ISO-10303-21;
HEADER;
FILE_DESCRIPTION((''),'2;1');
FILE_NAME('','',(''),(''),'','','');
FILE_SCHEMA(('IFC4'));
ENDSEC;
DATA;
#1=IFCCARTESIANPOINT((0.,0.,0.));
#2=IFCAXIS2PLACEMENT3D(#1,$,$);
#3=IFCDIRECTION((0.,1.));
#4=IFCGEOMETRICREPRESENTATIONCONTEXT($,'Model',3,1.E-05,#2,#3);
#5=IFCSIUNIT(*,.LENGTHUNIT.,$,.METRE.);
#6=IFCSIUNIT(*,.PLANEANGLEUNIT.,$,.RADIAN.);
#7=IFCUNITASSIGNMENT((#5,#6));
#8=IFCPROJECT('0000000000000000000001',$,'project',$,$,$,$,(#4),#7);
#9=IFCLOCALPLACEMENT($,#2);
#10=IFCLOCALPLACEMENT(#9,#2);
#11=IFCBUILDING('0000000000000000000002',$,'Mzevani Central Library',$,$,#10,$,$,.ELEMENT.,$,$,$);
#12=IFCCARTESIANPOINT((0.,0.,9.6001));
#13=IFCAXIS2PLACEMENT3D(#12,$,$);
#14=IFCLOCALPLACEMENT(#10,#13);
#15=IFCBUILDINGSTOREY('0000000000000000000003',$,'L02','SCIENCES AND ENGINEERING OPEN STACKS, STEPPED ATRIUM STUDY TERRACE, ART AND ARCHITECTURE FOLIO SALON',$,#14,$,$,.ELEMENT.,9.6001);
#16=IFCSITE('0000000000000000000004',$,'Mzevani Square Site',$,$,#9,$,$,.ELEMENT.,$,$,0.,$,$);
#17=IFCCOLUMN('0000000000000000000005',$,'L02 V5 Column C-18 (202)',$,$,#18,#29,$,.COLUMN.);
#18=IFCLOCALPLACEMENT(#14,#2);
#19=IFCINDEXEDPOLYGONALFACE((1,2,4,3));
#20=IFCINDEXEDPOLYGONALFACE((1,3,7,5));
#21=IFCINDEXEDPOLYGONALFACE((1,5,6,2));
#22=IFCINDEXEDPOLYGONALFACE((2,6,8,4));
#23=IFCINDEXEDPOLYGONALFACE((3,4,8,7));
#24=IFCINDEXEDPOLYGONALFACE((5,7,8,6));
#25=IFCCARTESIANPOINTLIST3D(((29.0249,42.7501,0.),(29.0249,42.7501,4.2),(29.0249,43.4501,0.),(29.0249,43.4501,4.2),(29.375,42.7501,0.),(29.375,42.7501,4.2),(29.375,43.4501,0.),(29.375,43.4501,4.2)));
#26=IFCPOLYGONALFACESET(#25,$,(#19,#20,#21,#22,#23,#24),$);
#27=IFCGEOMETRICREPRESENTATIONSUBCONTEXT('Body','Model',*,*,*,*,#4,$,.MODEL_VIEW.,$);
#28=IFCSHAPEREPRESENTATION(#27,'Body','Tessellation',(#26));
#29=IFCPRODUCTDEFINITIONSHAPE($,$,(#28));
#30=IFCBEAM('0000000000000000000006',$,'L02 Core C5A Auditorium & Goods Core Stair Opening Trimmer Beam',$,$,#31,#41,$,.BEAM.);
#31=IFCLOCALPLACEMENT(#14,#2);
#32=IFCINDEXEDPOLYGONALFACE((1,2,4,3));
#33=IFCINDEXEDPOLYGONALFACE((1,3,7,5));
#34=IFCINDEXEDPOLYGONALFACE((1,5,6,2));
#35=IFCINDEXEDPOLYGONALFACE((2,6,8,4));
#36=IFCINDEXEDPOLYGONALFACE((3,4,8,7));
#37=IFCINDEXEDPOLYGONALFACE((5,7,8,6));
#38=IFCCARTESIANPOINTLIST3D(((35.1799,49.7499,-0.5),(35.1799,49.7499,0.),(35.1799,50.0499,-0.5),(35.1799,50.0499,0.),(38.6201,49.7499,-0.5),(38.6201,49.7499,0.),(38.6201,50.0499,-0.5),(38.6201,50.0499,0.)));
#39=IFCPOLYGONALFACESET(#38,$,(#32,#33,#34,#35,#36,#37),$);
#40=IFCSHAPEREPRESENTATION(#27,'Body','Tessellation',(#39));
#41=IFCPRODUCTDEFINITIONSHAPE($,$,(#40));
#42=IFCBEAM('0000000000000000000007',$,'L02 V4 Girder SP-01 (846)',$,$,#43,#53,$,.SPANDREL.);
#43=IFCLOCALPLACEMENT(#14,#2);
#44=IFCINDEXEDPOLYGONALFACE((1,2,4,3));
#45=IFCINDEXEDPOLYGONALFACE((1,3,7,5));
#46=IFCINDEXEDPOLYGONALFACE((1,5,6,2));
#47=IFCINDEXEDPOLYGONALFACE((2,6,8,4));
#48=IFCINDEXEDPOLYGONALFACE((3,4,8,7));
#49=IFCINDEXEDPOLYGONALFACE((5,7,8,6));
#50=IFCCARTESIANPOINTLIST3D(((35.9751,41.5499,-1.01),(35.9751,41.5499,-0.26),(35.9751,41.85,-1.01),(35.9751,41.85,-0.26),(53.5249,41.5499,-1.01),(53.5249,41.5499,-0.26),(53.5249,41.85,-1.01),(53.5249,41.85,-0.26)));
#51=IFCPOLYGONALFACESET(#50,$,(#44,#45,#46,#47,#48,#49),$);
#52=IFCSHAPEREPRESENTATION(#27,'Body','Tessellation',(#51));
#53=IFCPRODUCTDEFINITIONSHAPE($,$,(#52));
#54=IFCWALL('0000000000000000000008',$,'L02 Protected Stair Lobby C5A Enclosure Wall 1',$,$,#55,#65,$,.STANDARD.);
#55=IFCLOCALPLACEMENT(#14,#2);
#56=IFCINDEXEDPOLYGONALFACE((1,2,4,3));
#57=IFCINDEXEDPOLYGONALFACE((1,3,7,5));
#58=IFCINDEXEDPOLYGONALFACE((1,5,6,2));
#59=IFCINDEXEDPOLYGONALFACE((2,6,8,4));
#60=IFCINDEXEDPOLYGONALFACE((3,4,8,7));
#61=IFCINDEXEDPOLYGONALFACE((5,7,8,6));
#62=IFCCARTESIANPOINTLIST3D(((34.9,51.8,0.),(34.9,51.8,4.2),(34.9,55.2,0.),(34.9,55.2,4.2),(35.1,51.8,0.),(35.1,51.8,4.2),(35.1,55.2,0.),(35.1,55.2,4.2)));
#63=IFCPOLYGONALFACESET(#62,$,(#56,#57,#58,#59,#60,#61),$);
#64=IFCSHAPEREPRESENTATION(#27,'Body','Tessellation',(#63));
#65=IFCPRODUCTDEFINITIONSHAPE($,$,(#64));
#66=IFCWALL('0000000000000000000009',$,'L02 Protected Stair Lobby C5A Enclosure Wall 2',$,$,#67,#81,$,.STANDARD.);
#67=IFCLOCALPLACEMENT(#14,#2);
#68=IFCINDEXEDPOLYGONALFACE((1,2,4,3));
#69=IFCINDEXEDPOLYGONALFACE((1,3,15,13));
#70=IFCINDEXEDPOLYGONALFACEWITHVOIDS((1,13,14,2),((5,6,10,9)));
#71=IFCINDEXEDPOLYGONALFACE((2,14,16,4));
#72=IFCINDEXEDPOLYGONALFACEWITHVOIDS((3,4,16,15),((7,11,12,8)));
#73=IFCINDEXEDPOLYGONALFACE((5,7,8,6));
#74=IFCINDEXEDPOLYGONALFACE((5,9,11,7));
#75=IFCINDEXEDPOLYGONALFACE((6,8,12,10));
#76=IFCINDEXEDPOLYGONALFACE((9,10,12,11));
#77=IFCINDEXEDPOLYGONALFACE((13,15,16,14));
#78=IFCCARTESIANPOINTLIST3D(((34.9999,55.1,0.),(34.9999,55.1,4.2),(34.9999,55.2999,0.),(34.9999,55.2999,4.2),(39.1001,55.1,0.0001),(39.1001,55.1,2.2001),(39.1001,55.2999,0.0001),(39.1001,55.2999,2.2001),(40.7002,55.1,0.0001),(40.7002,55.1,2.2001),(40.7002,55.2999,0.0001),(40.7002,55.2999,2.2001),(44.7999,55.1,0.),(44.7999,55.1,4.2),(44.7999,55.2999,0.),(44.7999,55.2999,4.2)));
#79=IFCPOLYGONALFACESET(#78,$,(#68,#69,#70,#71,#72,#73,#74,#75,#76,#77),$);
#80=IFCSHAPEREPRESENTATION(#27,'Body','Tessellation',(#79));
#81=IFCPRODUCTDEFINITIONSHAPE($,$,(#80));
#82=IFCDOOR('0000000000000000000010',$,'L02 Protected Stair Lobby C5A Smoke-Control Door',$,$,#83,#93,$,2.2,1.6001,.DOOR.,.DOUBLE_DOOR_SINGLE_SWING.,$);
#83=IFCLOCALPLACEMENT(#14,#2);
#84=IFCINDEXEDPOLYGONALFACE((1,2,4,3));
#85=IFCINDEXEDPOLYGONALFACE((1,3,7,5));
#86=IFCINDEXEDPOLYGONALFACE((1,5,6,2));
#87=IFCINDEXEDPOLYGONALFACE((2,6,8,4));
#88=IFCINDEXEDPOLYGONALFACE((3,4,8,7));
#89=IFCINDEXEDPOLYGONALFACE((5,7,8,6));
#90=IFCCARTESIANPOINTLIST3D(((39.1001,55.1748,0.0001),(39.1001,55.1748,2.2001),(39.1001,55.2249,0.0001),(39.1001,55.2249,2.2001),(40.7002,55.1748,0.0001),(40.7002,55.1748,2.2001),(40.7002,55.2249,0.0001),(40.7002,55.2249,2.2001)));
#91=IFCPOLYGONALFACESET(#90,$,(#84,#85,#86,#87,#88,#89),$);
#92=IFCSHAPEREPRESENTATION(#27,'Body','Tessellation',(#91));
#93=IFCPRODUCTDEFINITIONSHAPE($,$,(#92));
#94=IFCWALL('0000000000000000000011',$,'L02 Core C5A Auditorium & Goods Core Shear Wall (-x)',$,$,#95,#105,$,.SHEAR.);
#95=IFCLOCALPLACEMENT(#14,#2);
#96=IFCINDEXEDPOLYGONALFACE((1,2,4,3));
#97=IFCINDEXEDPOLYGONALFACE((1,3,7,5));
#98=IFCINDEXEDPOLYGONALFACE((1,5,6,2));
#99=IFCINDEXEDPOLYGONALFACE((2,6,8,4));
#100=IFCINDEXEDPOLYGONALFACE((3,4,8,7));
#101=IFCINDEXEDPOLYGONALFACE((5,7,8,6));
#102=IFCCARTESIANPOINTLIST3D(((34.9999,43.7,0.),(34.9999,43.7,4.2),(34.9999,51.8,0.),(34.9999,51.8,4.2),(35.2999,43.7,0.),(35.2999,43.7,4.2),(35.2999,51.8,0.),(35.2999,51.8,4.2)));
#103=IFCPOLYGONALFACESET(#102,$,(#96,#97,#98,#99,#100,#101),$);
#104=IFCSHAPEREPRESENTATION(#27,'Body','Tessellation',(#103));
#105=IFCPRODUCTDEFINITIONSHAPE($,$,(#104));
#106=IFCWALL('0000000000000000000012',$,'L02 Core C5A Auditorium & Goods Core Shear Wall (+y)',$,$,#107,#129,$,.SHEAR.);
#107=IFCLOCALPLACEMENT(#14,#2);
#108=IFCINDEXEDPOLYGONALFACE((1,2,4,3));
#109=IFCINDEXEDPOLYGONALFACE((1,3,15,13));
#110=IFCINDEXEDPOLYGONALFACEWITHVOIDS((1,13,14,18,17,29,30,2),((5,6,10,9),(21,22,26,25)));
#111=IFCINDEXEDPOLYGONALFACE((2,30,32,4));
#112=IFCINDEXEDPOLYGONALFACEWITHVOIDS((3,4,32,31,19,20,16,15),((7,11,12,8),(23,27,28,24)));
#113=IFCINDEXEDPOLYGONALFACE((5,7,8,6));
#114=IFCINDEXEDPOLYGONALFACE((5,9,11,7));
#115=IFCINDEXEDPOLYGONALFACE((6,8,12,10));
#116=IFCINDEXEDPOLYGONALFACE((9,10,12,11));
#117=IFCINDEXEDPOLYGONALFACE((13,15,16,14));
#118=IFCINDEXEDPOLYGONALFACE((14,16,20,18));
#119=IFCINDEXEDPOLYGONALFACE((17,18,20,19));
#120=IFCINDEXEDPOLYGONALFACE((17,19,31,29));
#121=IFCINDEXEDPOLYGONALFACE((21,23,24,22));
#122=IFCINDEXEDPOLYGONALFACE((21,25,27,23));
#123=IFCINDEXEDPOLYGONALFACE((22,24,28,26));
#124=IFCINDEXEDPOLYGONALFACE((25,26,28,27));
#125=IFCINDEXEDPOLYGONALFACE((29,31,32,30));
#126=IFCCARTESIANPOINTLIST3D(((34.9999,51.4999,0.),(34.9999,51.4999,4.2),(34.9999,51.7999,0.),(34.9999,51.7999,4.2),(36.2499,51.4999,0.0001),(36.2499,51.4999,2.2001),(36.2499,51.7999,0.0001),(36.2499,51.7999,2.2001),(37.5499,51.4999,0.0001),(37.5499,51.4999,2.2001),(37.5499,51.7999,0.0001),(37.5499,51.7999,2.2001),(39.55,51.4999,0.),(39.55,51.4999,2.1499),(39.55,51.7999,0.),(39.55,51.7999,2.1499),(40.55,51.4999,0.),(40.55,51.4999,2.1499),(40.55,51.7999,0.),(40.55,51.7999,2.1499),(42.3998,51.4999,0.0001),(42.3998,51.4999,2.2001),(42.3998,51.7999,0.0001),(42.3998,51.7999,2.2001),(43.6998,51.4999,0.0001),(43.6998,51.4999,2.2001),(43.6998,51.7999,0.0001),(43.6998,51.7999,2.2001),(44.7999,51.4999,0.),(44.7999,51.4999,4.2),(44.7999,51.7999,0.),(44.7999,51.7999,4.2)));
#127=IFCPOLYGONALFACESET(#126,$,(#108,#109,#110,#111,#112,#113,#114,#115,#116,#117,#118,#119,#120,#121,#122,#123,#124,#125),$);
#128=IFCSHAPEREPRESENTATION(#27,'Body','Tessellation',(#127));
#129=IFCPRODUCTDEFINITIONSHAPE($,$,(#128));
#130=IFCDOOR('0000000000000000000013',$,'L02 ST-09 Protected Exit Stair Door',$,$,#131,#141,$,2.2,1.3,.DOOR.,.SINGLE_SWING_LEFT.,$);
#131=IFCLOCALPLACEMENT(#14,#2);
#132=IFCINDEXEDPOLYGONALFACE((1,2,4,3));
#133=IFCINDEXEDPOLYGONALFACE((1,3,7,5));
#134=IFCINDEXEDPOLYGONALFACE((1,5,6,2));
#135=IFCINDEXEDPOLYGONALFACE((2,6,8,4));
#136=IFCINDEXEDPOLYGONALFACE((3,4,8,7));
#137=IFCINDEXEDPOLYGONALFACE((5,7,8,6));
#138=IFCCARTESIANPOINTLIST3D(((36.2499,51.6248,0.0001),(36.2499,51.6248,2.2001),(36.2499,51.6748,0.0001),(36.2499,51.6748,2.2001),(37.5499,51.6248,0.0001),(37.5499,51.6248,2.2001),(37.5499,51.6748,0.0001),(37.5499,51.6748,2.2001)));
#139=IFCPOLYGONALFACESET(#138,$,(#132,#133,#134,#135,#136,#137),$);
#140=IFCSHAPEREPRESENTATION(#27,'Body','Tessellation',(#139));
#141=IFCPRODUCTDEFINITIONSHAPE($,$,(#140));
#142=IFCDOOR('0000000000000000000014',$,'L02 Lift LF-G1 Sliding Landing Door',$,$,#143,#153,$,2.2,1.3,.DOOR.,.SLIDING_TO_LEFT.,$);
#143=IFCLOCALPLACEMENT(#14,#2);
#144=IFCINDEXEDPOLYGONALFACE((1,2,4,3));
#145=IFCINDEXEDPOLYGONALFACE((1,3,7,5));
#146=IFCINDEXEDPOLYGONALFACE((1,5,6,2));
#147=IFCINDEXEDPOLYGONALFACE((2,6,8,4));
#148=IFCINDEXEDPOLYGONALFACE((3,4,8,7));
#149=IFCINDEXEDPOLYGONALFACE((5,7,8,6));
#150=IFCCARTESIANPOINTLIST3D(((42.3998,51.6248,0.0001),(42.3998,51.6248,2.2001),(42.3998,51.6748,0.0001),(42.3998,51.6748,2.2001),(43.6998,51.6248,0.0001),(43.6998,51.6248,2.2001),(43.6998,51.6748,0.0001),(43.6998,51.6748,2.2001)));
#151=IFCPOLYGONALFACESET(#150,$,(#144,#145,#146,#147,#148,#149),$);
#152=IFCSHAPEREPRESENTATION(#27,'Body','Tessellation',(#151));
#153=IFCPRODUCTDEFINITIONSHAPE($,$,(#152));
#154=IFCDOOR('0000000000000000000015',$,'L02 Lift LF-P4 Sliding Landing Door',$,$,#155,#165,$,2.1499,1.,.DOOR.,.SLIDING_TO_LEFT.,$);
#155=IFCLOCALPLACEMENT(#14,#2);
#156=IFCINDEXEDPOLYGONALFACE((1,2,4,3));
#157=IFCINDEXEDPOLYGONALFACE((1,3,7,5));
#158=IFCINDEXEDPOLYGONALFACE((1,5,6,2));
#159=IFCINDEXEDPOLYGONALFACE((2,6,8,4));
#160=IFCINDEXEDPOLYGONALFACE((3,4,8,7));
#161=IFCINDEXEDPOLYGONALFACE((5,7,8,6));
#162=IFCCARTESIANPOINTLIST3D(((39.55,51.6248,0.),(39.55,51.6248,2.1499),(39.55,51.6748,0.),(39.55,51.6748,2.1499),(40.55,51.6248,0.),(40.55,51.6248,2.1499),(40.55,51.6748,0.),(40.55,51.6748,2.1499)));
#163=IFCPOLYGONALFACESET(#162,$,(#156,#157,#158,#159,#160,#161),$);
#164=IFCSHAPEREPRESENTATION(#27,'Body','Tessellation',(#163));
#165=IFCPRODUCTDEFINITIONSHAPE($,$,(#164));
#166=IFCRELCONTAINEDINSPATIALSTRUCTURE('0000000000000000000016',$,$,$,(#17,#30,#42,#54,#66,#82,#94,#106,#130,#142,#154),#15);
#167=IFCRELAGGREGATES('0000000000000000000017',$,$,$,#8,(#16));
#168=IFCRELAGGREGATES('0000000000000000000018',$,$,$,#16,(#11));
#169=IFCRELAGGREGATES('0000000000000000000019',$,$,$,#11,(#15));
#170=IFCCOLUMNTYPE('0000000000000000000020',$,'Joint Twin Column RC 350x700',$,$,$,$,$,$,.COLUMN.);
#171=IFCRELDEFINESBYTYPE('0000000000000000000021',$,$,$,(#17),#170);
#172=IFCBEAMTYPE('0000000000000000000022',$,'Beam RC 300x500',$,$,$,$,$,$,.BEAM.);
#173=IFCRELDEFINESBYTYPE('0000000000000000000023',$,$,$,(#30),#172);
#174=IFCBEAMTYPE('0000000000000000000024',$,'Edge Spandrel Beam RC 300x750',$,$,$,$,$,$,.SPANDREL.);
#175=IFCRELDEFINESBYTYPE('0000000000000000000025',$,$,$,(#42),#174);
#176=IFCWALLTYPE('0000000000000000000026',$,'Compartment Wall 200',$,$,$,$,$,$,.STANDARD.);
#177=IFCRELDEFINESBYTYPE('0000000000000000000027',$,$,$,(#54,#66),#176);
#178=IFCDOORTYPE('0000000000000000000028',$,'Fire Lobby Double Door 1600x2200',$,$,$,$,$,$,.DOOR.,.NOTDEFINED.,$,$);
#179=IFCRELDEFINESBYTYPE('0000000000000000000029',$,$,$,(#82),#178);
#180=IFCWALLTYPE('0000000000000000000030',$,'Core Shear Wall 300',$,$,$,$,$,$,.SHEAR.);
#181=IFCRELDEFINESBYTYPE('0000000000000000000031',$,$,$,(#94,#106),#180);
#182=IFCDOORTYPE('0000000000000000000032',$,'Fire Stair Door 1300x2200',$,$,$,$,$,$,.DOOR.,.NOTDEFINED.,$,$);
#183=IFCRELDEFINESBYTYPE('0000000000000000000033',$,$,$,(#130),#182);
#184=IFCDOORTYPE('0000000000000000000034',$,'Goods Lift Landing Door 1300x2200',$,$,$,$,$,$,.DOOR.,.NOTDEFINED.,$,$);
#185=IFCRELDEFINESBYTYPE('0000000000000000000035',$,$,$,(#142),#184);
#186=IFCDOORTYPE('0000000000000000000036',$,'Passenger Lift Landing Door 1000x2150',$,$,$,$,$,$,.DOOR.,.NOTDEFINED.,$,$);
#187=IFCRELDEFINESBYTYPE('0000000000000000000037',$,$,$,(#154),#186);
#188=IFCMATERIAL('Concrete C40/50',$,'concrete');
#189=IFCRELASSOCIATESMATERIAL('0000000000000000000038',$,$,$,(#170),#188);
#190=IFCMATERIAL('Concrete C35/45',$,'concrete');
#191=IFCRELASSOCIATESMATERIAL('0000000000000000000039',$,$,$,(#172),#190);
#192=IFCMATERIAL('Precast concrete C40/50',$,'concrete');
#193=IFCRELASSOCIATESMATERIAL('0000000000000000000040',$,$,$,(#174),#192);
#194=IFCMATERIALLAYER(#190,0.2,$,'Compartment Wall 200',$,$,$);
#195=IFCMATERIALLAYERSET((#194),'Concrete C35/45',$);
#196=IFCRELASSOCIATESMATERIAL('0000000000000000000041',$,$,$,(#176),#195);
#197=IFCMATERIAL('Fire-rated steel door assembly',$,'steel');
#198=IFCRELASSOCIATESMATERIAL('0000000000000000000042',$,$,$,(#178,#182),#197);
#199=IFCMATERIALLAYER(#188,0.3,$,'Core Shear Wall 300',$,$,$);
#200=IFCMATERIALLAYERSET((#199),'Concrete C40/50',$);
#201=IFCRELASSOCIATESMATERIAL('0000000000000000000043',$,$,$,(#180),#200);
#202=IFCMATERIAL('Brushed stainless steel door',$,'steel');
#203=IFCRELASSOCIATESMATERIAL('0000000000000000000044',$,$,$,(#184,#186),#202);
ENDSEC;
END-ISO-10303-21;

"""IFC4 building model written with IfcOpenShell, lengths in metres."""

from ifc_helpers import new_model, si_unit, direction, frame, frame_2d, origin, origin_2d, place, context, subcontext, project, spatial, rectangle, extrude, material, layer, layer_set, material_profile, profile_set, type_object, element, fill, save


model = new_model("IFC4")

# Units and contexts
model_context = context("Model", 3, precision=1e-05, world=origin(), true_north=direction((0.0, 1.0)))
body_context = subcontext(model_context, "Body", "Model", "MODEL_VIEW")
ifc_project = project(units=[si_unit("LENGTHUNIT", "METRE"), si_unit("PLANEANGLEUNIT", "RADIAN")], contexts=[model_context])

# Site, building, storey
site_placement = place(None, origin())
site = spatial("IfcSite", under=ifc_project, at=site_placement, Name="Mzevani Square Site", CompositionType="ELEMENT", RefElevation=0.0)
building_placement = place(site_placement, origin())
building = spatial("IfcBuilding", under=site, at=building_placement, Name="Mzevani Central Library", CompositionType="ELEMENT")
storey_placement = place(building_placement, frame((0.0, 0.0, 9.6001)))
storey = spatial("IfcBuildingStorey", under=building, at=storey_placement, Name="L02", Description="SCIENCES AND ENGINEERING OPEN STACKS, STEPPED ATRIUM STUDY TERRACE, ART AND ARCHITECTURE FOLIO SALON", CompositionType="ELEMENT", Elevation=9.6001)

# Column
ifc_material_1 = material(Name="Concrete C40/50", Category="concrete")
ifc_material_profile_1 = material_profile(ifc_material_1, rectangle(XDim=0.3501, YDim=0.7, at=origin_2d()), Name="RC 350x700")
ifc_profile_set_1 = profile_set([ifc_material_profile_1], Name="Concrete C40/50")
column_type = type_object("IfcColumnType", Name="Joint Twin Column RC 350x700", PredefinedType="COLUMN", material=ifc_profile_set_1)
column_placement = place(storey_placement, frame((29.2, 43.1001, 0.0), z_axis=(0.0, 0.0, 1.0), x_axis=(1.0, 0.0, 0.0)))
element("IfcColumn", 1, at=column_placement, inside=storey, type_object=column_type, Name="L02 V5 Column C-18 (202)", PredefinedType="COLUMN", context=body_context, shape_type="SweptSolid", body=[
    extrude(rectangle(XDim=0.3501, YDim=0.7, at=origin_2d()), origin(), (0.0, 0.0, 1.0), 4.2),
])

# Beams
ifc_material_2 = material(Name="Concrete C35/45", Category="concrete")
ifc_material_profile_2 = material_profile(ifc_material_2, rectangle(XDim=0.3, YDim=0.5, at=origin_2d()), Name="RC B300x500")
ifc_profile_set_2 = profile_set([ifc_material_profile_2], Name="Concrete C35/45")
beam_type_1 = type_object("IfcBeamType", Name="Beam RC 300x500", PredefinedType="BEAM", material=ifc_profile_set_2)
beam_1_placement = place(storey_placement, frame((35.1799, 49.8999, -0.25), z_axis=(1.0, 0.0, 0.0), x_axis=(0.0, 1.0, 0.0)))
element("IfcBeam", 2, at=beam_1_placement, inside=storey, type_object=beam_type_1, Name="L02 Core C5A Auditorium & Goods Core Stair Opening Trimmer Beam", PredefinedType="BEAM", context=body_context, shape_type="SweptSolid", body=[
    extrude(rectangle(XDim=0.3, YDim=0.5, at=origin_2d()), origin(), (0.0, 0.0, 1.0), 3.4402),
])
ifc_material_3 = material(Name="Precast concrete C40/50", Category="concrete")
ifc_material_profile_3 = material_profile(ifc_material_3, rectangle(XDim=0.3, YDim=0.75, at=origin_2d()), Name="RC SP300x750")
ifc_profile_set_3 = profile_set([ifc_material_profile_3], Name="Precast concrete C40/50")
beam_type_2 = type_object("IfcBeamType", Name="Edge Spandrel Beam RC 300x750", PredefinedType="SPANDREL", material=ifc_profile_set_3)
beam_2_placement = place(storey_placement, frame((35.9751, 41.7, -0.635), z_axis=(1.0, 0.0, 0.0), x_axis=(0.0, 1.0, 0.0)))
element("IfcBeam", 3, at=beam_2_placement, inside=storey, type_object=beam_type_2, Name="L02 V4 Girder SP-01 (846)", PredefinedType="SPANDREL", context=body_context, shape_type="SweptSolid", body=[
    extrude(rectangle(XDim=0.3, YDim=0.75, at=origin_2d()), origin(), (0.0, 0.0, 1.0), 17.5498),
])

# Wall
ifc_layer_1 = layer(ifc_material_2, 0.2, Name="Compartment Wall 200")
ifc_layer_set_1 = layer_set([ifc_layer_1], Name="Concrete C35/45")
wall_type_1 = type_object("IfcWallType", Name="Compartment Wall 200", PredefinedType="STANDARD", material=ifc_layer_set_1)
wall_1_placement = place(storey_placement, frame((35.0, 51.8, 0.0), z_axis=(0.0, 0.0, 1.0), x_axis=(0.0, 1.0, 0.0)))
element("IfcWall", 4, at=wall_1_placement, inside=storey, type_object=wall_type_1, Name="L02 Protected Stair Lobby C5A Enclosure Wall 1", PredefinedType="STANDARD", context=body_context, shape_type="SweptSolid", body=[
    extrude(rectangle(XDim=3.3999, YDim=0.2, at=frame_2d((1.7, 0.0))), origin(), (0.0, 0.0, 1.0), 4.2),
])

# Wall, opening, door
wall_2_placement = place(storey_placement, frame((35.0, 55.2, 0.0), z_axis=(0.0, 0.0, 1.0), x_axis=(1.0, 0.0, 0.0)))
wall_2 = element("IfcWall", 5, at=wall_2_placement, inside=storey, type_object=wall_type_1, Name="L02 Protected Stair Lobby C5A Enclosure Wall 2", PredefinedType="STANDARD", context=body_context, shape_type="SweptSolid", body=[
    extrude(rectangle(XDim=9.8, YDim=0.2, at=frame_2d((4.8999, 0.0))), origin(), (0.0, 0.0, 1.0), 4.2),
])
opening_1_placement = place(wall_2_placement, frame((4.1001, 0.0, 0.0)))
opening_1 = element("IfcOpeningElement", 6, at=opening_1_placement, cuts=wall_2, PredefinedType="OPENING", context=body_context, shape_type="SweptSolid", body=[
    extrude(rectangle(XDim=1.6001, YDim=2.2, at=frame_2d((0.8, 1.1001))), frame((0.0, 0.1099, 0.0), z_axis=(0.0, -1.0, 0.0), x_axis=(1.0, 0.0, 0.0)), (0.0, 0.0, 1.0), 0.22),
])
ifc_material_4 = material(Name="Fire-rated steel door assembly", Category="steel")
door_type_1 = type_object("IfcDoorType", Name="Fire Lobby Double Door 1600x2200", OperationType="NOTDEFINED", PredefinedType="DOOR", material=ifc_material_4)
door_1_placement = place(opening_1_placement, origin())
door_1 = element("IfcDoor", 7, at=door_1_placement, inside=storey, type_object=door_type_1, Name="L02 Protected Stair Lobby C5A Smoke-Control Door", OperationType="DOUBLE_DOOR_SINGLE_SWING", OverallHeight=2.2, OverallWidth=1.6001, PredefinedType="DOOR", context=body_context, shape_type="SweptSolid", body=[
    extrude(rectangle(XDim=1.6001, YDim=2.2, at=frame_2d((0.8, 1.1001))), frame((0.0, 0.0249, 0.0), z_axis=(0.0, -1.0, 0.0), x_axis=(1.0, 0.0, 0.0)), (0.0, 0.0, 1.0), 0.05),
])
fill(opening_1, door_1)

# Wall
ifc_layer_2 = layer(ifc_material_1, 0.3, Name="Core Shear Wall 300")
ifc_layer_set_2 = layer_set([ifc_layer_2], Name="Concrete C40/50")
wall_type_2 = type_object("IfcWallType", Name="Core Shear Wall 300", PredefinedType="SHEAR", material=ifc_layer_set_2)
wall_3_placement = place(storey_placement, frame((35.1499, 43.7, 0.0), z_axis=(0.0, 0.0, 1.0), x_axis=(0.0, 1.0, 0.0)))
element("IfcWall", 8, at=wall_3_placement, inside=storey, type_object=wall_type_2, Name="L02 Core C5A Auditorium & Goods Core Shear Wall (-x)", PredefinedType="SHEAR", context=body_context, shape_type="SweptSolid", body=[
    extrude(rectangle(XDim=8.1001, YDim=0.3, at=frame_2d((4.05, 0.0))), origin(), (0.0, 0.0, 1.0), 4.2),
])

# Wall, openings, doors
wall_4_placement = place(storey_placement, frame((35.0, 51.6499, 0.0), z_axis=(0.0, 0.0, 1.0), x_axis=(1.0, 0.0, 0.0)))
wall_4 = element("IfcWall", 9, at=wall_4_placement, inside=storey, type_object=wall_type_2, Name="L02 Core C5A Auditorium & Goods Core Shear Wall (+y)", PredefinedType="SHEAR", context=body_context, shape_type="SweptSolid", body=[
    extrude(rectangle(XDim=9.8, YDim=0.3, at=frame_2d((4.8999, 0.0))), origin(), (0.0, 0.0, 1.0), 4.2),
])
opening_2_placement = place(wall_4_placement, frame((1.25, 0.0, 0.0)))
opening_2 = element("IfcOpeningElement", 10, at=opening_2_placement, cuts=wall_4, PredefinedType="OPENING", context=body_context, shape_type="SweptSolid", body=[
    extrude(rectangle(XDim=1.3, YDim=2.2, at=frame_2d((0.6499, 1.1001))), frame((0.0, 0.1602, 0.0), z_axis=(0.0, -1.0, 0.0), x_axis=(1.0, 0.0, 0.0)), (0.0, 0.0, 1.0), 0.3201),
])
opening_3_placement = place(wall_4_placement, frame((4.55, 0.0, 0.0)))
opening_3 = element("IfcOpeningElement", 11, at=opening_3_placement, cuts=wall_4, PredefinedType="OPENING", context=body_context, shape_type="SweptSolid", body=[
    extrude(rectangle(XDim=1.0, YDim=2.1499, at=frame_2d((0.5, 1.075))), frame((0.0, 0.1602, 0.0), z_axis=(0.0, -1.0, 0.0), x_axis=(1.0, 0.0, 0.0)), (0.0, 0.0, 1.0), 0.3201),
])
opening_4_placement = place(wall_4_placement, frame((7.3999, 0.0, 0.0)))
opening_4 = element("IfcOpeningElement", 12, at=opening_4_placement, cuts=wall_4, PredefinedType="OPENING", context=body_context, shape_type="SweptSolid", body=[
    extrude(rectangle(XDim=1.3, YDim=2.2, at=frame_2d((0.6499, 1.1001))), frame((0.0, 0.1602, 0.0), z_axis=(0.0, -1.0, 0.0), x_axis=(1.0, 0.0, 0.0)), (0.0, 0.0, 1.0), 0.3201),
])
door_type_2 = type_object("IfcDoorType", Name="Fire Stair Door 1300x2200", OperationType="NOTDEFINED", PredefinedType="DOOR", material=ifc_material_4)
door_2_placement = place(opening_2_placement, origin())
door_2 = element("IfcDoor", 13, at=door_2_placement, inside=storey, type_object=door_type_2, Name="L02 ST-09 Protected Exit Stair Door", OperationType="SINGLE_SWING_LEFT", OverallHeight=2.2, OverallWidth=1.3, PredefinedType="DOOR", context=body_context, shape_type="SweptSolid", body=[
    extrude(rectangle(XDim=1.3, YDim=2.2, at=frame_2d((0.6499, 1.1001))), frame((0.0, 0.0249, 0.0), z_axis=(0.0, -1.0, 0.0), x_axis=(1.0, 0.0, 0.0)), (0.0, 0.0, 1.0), 0.05),
])
fill(opening_2, door_2)
ifc_material_5 = material(Name="Brushed stainless steel door", Category="steel")
door_type_3 = type_object("IfcDoorType", Name="Goods Lift Landing Door 1300x2200", OperationType="NOTDEFINED", PredefinedType="DOOR", material=ifc_material_5)
door_3_placement = place(opening_4_placement, origin())
door_3 = element("IfcDoor", 14, at=door_3_placement, inside=storey, type_object=door_type_3, Name="L02 Lift LF-G1 Sliding Landing Door", OperationType="SLIDING_TO_LEFT", OverallHeight=2.2, OverallWidth=1.3, PredefinedType="DOOR", context=body_context, shape_type="SweptSolid", body=[
    extrude(rectangle(XDim=1.3, YDim=2.2, at=frame_2d((0.6499, 1.1001))), frame((0.0, 0.0249, 0.0), z_axis=(0.0, -1.0, 0.0), x_axis=(1.0, 0.0, 0.0)), (0.0, 0.0, 1.0), 0.05),
])
fill(opening_4, door_3)
door_type_4 = type_object("IfcDoorType", Name="Passenger Lift Landing Door 1000x2150", OperationType="NOTDEFINED", PredefinedType="DOOR", material=ifc_material_5)
door_4_placement = place(opening_3_placement, origin())
door_4 = element("IfcDoor", 15, at=door_4_placement, inside=storey, type_object=door_type_4, Name="L02 Lift LF-P4 Sliding Landing Door", OperationType="SLIDING_TO_LEFT", OverallHeight=2.1499, OverallWidth=1.0, PredefinedType="DOOR", context=body_context, shape_type="SweptSolid", body=[
    extrude(rectangle(XDim=1.0, YDim=2.1499, at=frame_2d((0.5, 1.075))), frame((0.0, 0.0249, 0.0), z_axis=(0.0, -1.0, 0.0), x_axis=(1.0, 0.0, 0.0)), (0.0, 0.0, 1.0), 0.05),
])
fill(opening_3, door_4)

save(model, "model.ifc")
